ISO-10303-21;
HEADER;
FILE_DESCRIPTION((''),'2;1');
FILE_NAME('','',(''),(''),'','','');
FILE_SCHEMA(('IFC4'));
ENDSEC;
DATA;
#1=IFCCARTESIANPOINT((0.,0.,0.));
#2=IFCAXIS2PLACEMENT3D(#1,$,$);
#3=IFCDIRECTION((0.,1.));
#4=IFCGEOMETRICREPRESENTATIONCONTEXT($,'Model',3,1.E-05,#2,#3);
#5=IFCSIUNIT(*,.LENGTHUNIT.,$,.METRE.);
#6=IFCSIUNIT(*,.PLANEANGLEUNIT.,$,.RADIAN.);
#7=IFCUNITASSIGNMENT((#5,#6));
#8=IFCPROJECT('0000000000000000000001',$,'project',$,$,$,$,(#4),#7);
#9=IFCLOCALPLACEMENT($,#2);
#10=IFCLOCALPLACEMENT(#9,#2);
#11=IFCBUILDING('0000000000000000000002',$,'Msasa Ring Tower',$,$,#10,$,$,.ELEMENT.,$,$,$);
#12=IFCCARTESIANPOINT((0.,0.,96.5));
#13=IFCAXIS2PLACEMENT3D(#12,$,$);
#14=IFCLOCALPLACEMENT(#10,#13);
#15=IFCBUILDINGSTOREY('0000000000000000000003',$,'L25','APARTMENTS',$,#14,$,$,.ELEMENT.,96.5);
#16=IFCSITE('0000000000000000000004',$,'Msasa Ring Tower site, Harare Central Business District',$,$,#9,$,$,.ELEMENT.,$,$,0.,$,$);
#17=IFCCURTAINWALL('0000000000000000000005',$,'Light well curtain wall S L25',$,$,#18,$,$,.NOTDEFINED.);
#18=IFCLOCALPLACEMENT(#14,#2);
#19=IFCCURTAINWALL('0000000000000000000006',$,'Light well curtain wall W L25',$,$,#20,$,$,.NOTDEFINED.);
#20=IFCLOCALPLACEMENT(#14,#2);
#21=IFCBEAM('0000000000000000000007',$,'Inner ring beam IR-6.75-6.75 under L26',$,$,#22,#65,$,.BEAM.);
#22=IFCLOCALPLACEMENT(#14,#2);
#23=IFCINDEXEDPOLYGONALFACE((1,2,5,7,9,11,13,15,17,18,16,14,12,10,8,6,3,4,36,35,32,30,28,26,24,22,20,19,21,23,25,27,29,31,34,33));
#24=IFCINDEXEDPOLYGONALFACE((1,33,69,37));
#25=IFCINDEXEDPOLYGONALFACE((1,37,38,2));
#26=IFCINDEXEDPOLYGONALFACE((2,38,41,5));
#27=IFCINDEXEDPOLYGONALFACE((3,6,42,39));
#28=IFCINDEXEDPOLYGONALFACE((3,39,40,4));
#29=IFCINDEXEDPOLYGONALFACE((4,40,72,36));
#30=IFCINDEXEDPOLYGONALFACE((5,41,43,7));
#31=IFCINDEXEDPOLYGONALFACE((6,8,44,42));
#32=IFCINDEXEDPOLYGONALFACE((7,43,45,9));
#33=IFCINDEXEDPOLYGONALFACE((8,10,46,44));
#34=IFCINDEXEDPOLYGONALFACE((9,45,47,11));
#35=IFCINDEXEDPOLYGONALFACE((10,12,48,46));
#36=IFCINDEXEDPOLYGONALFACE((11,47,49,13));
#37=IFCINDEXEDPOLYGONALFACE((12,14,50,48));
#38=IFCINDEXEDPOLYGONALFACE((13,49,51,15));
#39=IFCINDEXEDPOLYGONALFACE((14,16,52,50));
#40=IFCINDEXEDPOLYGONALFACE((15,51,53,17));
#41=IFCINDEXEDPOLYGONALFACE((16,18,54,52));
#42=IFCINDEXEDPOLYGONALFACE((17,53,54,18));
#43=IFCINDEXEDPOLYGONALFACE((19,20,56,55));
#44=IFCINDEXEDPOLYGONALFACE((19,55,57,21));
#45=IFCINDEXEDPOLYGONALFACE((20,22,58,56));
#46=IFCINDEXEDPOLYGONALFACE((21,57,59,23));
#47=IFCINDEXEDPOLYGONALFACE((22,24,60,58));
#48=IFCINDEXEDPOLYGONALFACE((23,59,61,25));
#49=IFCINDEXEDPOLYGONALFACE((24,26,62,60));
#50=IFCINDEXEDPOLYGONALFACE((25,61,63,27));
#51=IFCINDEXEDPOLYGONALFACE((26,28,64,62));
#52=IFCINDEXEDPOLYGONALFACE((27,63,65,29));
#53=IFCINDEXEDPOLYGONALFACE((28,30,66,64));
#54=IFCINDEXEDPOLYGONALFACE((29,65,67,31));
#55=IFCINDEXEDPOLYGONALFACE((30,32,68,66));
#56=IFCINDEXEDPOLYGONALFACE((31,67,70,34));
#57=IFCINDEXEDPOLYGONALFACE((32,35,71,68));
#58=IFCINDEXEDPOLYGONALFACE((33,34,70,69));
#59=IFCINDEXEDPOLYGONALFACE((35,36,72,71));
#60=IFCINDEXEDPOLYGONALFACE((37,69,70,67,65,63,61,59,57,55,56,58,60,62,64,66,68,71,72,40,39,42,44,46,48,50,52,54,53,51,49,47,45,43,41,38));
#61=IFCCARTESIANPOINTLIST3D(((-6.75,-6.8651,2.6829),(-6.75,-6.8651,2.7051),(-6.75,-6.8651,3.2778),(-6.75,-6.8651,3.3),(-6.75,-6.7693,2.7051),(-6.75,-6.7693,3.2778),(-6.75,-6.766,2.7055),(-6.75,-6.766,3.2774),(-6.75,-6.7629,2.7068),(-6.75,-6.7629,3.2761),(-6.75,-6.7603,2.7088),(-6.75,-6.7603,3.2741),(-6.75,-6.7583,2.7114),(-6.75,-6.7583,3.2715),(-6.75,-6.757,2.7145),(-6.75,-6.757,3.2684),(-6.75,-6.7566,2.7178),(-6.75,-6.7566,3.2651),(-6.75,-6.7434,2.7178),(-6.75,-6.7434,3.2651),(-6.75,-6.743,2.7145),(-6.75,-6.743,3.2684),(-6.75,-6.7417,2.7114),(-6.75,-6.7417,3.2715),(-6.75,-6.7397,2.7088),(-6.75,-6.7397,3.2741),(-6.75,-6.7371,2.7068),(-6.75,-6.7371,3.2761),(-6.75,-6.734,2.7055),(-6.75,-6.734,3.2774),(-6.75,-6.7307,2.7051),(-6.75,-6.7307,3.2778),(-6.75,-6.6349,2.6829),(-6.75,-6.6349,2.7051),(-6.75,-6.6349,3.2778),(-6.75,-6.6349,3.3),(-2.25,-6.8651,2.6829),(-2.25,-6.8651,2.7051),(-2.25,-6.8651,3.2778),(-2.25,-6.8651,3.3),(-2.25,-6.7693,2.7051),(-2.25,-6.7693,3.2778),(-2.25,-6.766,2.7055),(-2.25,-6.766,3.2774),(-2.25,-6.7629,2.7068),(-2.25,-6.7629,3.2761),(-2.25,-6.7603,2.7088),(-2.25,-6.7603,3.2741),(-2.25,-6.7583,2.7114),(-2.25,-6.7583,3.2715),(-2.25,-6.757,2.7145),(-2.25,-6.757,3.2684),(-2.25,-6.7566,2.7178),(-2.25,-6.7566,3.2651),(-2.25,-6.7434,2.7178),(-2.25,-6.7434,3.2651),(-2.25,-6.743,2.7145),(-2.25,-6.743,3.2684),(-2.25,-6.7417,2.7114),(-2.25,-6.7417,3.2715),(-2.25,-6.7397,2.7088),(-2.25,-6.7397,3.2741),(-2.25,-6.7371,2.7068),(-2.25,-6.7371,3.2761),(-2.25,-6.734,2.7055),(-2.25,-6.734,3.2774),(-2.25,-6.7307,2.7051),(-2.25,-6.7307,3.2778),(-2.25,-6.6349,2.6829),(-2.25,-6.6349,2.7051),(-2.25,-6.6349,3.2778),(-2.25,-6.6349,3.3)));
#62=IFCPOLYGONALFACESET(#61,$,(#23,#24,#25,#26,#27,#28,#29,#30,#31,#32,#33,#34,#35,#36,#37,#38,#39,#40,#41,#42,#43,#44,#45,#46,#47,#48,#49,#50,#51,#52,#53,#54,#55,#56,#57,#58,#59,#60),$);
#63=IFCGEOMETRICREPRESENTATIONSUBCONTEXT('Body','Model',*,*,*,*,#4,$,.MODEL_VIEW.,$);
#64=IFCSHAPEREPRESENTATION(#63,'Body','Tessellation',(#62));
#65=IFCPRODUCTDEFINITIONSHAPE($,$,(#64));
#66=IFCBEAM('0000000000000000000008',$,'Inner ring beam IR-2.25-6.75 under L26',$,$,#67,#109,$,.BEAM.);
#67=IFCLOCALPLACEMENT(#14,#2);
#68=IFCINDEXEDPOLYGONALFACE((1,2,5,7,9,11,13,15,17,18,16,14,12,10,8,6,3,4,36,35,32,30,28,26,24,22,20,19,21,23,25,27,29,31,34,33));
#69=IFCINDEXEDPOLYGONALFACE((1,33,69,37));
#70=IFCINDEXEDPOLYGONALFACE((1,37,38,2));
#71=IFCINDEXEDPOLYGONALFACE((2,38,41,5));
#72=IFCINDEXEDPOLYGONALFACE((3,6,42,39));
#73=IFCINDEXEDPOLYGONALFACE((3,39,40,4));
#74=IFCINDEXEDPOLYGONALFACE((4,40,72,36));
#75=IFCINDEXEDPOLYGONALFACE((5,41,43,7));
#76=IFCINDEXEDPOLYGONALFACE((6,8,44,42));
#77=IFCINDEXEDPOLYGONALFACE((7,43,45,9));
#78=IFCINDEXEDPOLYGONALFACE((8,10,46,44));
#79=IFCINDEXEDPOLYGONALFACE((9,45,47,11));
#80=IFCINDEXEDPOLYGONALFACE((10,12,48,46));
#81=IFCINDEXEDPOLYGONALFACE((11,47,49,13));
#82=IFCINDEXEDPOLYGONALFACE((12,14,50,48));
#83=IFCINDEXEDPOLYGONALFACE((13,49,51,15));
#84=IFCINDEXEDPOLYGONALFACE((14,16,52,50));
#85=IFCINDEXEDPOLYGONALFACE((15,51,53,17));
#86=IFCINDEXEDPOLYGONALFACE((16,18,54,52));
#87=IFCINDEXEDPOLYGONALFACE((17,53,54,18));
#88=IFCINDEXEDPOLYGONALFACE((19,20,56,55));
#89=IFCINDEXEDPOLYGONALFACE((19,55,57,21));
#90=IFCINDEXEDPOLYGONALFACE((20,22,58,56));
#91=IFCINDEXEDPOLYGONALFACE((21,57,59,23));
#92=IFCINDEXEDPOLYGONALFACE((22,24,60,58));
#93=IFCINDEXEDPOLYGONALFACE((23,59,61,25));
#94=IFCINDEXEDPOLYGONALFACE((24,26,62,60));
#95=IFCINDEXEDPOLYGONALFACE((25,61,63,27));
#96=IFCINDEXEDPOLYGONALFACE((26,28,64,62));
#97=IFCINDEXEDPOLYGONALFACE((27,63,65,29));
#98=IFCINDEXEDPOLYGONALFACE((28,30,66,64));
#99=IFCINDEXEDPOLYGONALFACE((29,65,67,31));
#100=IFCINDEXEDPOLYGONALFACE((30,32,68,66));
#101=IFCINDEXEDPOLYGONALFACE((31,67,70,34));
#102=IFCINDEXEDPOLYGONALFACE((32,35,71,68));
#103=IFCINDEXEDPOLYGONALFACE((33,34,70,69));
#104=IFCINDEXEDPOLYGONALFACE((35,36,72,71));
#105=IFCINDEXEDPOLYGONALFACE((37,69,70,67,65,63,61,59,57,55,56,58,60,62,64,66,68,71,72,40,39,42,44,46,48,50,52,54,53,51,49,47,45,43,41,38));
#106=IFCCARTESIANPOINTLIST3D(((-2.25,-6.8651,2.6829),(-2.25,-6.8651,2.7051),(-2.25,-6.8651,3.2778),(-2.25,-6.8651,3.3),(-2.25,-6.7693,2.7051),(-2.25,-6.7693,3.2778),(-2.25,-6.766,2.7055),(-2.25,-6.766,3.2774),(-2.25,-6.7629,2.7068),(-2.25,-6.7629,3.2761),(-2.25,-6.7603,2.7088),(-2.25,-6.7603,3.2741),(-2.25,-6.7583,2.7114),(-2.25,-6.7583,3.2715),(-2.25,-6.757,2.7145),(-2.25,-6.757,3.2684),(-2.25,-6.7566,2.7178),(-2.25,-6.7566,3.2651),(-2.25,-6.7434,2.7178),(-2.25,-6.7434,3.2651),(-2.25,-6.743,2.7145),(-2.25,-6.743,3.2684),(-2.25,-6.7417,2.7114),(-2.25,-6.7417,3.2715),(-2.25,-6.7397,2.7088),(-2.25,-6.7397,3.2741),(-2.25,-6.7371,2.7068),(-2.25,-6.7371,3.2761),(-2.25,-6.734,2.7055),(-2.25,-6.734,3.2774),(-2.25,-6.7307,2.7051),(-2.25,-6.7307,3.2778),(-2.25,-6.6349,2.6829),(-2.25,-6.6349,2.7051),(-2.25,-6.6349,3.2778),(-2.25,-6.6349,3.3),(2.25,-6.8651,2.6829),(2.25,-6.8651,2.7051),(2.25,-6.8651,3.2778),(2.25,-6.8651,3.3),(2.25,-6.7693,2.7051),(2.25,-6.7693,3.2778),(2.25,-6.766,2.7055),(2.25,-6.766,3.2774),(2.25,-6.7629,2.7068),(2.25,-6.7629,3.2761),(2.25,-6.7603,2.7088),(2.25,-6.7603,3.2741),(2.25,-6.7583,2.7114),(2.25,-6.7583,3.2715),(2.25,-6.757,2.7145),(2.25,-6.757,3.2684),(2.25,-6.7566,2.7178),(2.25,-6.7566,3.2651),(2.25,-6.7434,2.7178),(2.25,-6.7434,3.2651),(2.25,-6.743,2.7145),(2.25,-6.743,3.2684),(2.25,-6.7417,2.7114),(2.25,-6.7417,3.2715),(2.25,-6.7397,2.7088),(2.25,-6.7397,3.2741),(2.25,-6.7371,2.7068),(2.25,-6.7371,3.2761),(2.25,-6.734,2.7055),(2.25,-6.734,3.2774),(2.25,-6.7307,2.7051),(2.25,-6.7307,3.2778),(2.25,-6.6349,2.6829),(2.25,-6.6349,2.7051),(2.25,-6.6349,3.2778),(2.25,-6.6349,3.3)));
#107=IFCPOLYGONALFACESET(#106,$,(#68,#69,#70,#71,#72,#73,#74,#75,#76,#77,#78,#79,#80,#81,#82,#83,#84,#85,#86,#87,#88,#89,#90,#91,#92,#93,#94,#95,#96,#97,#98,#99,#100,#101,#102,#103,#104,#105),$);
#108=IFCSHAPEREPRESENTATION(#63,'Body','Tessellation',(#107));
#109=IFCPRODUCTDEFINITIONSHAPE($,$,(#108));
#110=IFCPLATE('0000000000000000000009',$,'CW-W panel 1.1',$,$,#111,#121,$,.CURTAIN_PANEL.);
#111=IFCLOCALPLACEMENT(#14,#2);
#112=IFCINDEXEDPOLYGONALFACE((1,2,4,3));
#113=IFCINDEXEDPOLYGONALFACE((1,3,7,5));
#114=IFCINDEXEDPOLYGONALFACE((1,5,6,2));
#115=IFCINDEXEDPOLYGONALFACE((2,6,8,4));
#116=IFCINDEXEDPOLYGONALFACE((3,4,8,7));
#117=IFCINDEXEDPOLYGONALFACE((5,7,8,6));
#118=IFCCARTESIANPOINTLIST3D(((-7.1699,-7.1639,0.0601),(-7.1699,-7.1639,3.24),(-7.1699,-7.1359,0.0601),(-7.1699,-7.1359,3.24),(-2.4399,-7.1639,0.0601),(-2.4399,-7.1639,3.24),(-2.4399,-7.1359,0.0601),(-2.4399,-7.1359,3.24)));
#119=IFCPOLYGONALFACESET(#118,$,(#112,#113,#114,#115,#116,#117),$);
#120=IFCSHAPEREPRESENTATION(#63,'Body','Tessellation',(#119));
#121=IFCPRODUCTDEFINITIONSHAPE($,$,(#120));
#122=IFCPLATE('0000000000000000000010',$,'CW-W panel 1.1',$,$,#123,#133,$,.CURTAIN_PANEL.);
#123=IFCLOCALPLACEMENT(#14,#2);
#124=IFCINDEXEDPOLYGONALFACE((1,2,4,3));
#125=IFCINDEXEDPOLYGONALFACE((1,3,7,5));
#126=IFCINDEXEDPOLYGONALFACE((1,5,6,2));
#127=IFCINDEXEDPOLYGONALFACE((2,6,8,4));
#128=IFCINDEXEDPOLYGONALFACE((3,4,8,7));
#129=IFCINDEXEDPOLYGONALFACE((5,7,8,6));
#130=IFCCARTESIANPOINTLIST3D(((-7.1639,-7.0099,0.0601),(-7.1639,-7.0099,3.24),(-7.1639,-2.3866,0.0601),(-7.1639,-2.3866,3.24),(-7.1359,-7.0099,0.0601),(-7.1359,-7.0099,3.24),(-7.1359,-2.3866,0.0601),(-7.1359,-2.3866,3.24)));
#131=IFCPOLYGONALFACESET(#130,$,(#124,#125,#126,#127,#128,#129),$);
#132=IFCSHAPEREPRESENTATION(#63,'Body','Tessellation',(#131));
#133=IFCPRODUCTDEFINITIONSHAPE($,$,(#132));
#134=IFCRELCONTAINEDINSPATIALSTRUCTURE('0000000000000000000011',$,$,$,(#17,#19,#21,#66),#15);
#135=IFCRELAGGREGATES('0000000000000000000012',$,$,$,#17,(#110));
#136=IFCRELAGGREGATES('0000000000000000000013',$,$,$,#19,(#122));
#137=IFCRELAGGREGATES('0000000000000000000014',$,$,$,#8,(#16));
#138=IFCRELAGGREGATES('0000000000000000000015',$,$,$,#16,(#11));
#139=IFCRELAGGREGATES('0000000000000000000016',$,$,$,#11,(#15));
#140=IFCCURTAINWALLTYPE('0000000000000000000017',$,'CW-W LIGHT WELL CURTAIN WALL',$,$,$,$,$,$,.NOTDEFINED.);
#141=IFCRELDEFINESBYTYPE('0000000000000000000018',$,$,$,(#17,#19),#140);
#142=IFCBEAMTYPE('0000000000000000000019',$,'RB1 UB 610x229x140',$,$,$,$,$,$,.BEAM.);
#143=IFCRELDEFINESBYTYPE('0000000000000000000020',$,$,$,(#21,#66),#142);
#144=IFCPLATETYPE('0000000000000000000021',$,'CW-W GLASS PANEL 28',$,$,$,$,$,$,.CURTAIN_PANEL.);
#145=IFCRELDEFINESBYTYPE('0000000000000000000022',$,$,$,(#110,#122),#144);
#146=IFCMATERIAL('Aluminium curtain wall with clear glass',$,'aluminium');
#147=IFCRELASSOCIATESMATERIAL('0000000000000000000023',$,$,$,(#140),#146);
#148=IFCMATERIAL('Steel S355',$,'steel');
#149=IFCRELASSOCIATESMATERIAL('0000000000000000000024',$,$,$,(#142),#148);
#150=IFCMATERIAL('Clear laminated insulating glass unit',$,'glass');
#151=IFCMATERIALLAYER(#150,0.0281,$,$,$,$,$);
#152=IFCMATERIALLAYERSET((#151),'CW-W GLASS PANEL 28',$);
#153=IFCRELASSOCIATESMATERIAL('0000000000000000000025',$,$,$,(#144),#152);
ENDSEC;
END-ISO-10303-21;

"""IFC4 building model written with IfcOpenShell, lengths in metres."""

from ifc_helpers import new_model, si_unit, direction, frame, origin, origin_2d, place, context, subcontext, project, spatial, rectangle, i_section, extrude, material, layer, layer_set, material_profile, profile_set, type_object, element, aggregate, save


model = new_model("IFC4")

# Units and contexts
model_context = context("Model", 3, precision=1e-05, world=origin(), true_north=direction((0.0, 1.0)))
body_context = subcontext(model_context, "Body", "Model", "MODEL_VIEW")
ifc_project = project(units=[si_unit("LENGTHUNIT", "METRE"), si_unit("PLANEANGLEUNIT", "RADIAN")], contexts=[model_context])

# Site, building, storey
site_placement = place(None, origin())
site = spatial("IfcSite", under=ifc_project, at=site_placement, Name="Msasa Ring Tower site, Harare Central Business District", CompositionType="ELEMENT", RefElevation=0.0)
building_placement = place(site_placement, origin())
building = spatial("IfcBuilding", under=site, at=building_placement, Name="Msasa Ring Tower", CompositionType="ELEMENT")
storey_placement = place(building_placement, frame((0.0, 0.0, 96.5)))
storey = spatial("IfcBuildingStorey", under=building, at=storey_placement, Name="L25", Description="APARTMENTS", CompositionType="ELEMENT", Elevation=96.5)

# Curtain walls
ifc_material_1 = material(Name="Aluminium curtain wall with clear glass", Category="aluminium")
curtain_wall_type = type_object("IfcCurtainWallType", Name="CW-W LIGHT WELL CURTAIN WALL", PredefinedType="NOTDEFINED", material=ifc_material_1)
curtain_wall_1_placement = place(storey_placement, origin())
curtain_wall_1 = element("IfcCurtainWall", 1, at=curtain_wall_1_placement, inside=storey, type_object=curtain_wall_type, Name="Light well curtain wall S L25", PredefinedType="NOTDEFINED")
curtain_wall_2_placement = place(storey_placement, origin())
curtain_wall_2 = element("IfcCurtainWall", 2, at=curtain_wall_2_placement, inside=storey, type_object=curtain_wall_type, Name="Light well curtain wall W L25", PredefinedType="NOTDEFINED")

# Beams
ifc_material_2 = material(Name="Steel S355", Category="steel")
ifc_material_profile_1 = material_profile(ifc_material_2, i_section(OverallWidth=0.2302, OverallDepth=0.6172, WebThickness=0.0132, FlangeThickness=0.0222, FilletRadius=0.0127, at=origin_2d()), Name="UB 610x229x140")
ifc_profile_set_1 = profile_set([ifc_material_profile_1], Name="Steel S355")
beam_type = type_object("IfcBeamType", Name="RB1 UB 610x229x140", PredefinedType="BEAM", material=ifc_profile_set_1)
for number, where, z_axis, x_axis, name in (
    (3, (-6.75, -6.75, 2.9915), (1.0, 0.0, 0.0), (0.0, 1.0, 0.0), "Inner ring beam IR-6.75-6.75 under L26"),
    (4, (-2.25, -6.75, 2.9915), (1.0, 0.0, 0.0), (0.0, 1.0, 0.0), "Inner ring beam IR-2.25-6.75 under L26"),
):
    element("IfcBeam", number, at=place(storey_placement, frame(where, z_axis=z_axis, x_axis=x_axis)), inside=storey, type_object=beam_type, Name=name, PredefinedType="BEAM", context=body_context, shape_type="SweptSolid", body=[
        extrude(i_section(OverallWidth=0.2302, OverallDepth=0.6172, WebThickness=0.0132, FlangeThickness=0.0222, FilletRadius=0.0127, at=origin_2d()), origin(), (0.0, 0.0, 1.0), 4.5),
    ])

# Plates
ifc_material_3 = material(Name="Clear laminated insulating glass unit", Category="glass")
ifc_layer = layer(ifc_material_3, 0.0281)
ifc_layer_set = layer_set([ifc_layer], Name="CW-W GLASS PANEL 28")
plate_type = type_object("IfcPlateType", Name="CW-W GLASS PANEL 28", PredefinedType="CURTAIN_PANEL", material=ifc_layer_set)
plate_1_placement = place(storey_placement, frame((-4.8049, -7.1499, 0.0601), z_axis=(0.0, 0.0, 1.0), x_axis=(1.0, 0.0, 0.0)))
plate_1 = element("IfcPlate", 5, at=plate_1_placement, type_object=plate_type, Name="CW-W panel 1.1", PredefinedType="CURTAIN_PANEL", context=body_context, shape_type="SweptSolid", body=[
    extrude(rectangle(XDim=4.73, YDim=0.0281, at=origin_2d()), origin(), (0.0, 0.0, 1.0), 3.1799),
])
aggregate(curtain_wall_1, [plate_1])
plate_2_placement = place(storey_placement, frame((-7.1499, -4.6982, 0.0601), z_axis=(0.0, 0.0, 1.0), x_axis=(0.0, 1.0, 0.0)))
plate_2 = element("IfcPlate", 6, at=plate_2_placement, type_object=plate_type, Name="CW-W panel 1.1", PredefinedType="CURTAIN_PANEL", context=body_context, shape_type="SweptSolid", body=[
    extrude(rectangle(XDim=4.6233, YDim=0.0281, at=origin_2d()), origin(), (0.0, 0.0, 1.0), 3.1799),
])
aggregate(curtain_wall_2, [plate_2])

save(model, "model.ifc")
